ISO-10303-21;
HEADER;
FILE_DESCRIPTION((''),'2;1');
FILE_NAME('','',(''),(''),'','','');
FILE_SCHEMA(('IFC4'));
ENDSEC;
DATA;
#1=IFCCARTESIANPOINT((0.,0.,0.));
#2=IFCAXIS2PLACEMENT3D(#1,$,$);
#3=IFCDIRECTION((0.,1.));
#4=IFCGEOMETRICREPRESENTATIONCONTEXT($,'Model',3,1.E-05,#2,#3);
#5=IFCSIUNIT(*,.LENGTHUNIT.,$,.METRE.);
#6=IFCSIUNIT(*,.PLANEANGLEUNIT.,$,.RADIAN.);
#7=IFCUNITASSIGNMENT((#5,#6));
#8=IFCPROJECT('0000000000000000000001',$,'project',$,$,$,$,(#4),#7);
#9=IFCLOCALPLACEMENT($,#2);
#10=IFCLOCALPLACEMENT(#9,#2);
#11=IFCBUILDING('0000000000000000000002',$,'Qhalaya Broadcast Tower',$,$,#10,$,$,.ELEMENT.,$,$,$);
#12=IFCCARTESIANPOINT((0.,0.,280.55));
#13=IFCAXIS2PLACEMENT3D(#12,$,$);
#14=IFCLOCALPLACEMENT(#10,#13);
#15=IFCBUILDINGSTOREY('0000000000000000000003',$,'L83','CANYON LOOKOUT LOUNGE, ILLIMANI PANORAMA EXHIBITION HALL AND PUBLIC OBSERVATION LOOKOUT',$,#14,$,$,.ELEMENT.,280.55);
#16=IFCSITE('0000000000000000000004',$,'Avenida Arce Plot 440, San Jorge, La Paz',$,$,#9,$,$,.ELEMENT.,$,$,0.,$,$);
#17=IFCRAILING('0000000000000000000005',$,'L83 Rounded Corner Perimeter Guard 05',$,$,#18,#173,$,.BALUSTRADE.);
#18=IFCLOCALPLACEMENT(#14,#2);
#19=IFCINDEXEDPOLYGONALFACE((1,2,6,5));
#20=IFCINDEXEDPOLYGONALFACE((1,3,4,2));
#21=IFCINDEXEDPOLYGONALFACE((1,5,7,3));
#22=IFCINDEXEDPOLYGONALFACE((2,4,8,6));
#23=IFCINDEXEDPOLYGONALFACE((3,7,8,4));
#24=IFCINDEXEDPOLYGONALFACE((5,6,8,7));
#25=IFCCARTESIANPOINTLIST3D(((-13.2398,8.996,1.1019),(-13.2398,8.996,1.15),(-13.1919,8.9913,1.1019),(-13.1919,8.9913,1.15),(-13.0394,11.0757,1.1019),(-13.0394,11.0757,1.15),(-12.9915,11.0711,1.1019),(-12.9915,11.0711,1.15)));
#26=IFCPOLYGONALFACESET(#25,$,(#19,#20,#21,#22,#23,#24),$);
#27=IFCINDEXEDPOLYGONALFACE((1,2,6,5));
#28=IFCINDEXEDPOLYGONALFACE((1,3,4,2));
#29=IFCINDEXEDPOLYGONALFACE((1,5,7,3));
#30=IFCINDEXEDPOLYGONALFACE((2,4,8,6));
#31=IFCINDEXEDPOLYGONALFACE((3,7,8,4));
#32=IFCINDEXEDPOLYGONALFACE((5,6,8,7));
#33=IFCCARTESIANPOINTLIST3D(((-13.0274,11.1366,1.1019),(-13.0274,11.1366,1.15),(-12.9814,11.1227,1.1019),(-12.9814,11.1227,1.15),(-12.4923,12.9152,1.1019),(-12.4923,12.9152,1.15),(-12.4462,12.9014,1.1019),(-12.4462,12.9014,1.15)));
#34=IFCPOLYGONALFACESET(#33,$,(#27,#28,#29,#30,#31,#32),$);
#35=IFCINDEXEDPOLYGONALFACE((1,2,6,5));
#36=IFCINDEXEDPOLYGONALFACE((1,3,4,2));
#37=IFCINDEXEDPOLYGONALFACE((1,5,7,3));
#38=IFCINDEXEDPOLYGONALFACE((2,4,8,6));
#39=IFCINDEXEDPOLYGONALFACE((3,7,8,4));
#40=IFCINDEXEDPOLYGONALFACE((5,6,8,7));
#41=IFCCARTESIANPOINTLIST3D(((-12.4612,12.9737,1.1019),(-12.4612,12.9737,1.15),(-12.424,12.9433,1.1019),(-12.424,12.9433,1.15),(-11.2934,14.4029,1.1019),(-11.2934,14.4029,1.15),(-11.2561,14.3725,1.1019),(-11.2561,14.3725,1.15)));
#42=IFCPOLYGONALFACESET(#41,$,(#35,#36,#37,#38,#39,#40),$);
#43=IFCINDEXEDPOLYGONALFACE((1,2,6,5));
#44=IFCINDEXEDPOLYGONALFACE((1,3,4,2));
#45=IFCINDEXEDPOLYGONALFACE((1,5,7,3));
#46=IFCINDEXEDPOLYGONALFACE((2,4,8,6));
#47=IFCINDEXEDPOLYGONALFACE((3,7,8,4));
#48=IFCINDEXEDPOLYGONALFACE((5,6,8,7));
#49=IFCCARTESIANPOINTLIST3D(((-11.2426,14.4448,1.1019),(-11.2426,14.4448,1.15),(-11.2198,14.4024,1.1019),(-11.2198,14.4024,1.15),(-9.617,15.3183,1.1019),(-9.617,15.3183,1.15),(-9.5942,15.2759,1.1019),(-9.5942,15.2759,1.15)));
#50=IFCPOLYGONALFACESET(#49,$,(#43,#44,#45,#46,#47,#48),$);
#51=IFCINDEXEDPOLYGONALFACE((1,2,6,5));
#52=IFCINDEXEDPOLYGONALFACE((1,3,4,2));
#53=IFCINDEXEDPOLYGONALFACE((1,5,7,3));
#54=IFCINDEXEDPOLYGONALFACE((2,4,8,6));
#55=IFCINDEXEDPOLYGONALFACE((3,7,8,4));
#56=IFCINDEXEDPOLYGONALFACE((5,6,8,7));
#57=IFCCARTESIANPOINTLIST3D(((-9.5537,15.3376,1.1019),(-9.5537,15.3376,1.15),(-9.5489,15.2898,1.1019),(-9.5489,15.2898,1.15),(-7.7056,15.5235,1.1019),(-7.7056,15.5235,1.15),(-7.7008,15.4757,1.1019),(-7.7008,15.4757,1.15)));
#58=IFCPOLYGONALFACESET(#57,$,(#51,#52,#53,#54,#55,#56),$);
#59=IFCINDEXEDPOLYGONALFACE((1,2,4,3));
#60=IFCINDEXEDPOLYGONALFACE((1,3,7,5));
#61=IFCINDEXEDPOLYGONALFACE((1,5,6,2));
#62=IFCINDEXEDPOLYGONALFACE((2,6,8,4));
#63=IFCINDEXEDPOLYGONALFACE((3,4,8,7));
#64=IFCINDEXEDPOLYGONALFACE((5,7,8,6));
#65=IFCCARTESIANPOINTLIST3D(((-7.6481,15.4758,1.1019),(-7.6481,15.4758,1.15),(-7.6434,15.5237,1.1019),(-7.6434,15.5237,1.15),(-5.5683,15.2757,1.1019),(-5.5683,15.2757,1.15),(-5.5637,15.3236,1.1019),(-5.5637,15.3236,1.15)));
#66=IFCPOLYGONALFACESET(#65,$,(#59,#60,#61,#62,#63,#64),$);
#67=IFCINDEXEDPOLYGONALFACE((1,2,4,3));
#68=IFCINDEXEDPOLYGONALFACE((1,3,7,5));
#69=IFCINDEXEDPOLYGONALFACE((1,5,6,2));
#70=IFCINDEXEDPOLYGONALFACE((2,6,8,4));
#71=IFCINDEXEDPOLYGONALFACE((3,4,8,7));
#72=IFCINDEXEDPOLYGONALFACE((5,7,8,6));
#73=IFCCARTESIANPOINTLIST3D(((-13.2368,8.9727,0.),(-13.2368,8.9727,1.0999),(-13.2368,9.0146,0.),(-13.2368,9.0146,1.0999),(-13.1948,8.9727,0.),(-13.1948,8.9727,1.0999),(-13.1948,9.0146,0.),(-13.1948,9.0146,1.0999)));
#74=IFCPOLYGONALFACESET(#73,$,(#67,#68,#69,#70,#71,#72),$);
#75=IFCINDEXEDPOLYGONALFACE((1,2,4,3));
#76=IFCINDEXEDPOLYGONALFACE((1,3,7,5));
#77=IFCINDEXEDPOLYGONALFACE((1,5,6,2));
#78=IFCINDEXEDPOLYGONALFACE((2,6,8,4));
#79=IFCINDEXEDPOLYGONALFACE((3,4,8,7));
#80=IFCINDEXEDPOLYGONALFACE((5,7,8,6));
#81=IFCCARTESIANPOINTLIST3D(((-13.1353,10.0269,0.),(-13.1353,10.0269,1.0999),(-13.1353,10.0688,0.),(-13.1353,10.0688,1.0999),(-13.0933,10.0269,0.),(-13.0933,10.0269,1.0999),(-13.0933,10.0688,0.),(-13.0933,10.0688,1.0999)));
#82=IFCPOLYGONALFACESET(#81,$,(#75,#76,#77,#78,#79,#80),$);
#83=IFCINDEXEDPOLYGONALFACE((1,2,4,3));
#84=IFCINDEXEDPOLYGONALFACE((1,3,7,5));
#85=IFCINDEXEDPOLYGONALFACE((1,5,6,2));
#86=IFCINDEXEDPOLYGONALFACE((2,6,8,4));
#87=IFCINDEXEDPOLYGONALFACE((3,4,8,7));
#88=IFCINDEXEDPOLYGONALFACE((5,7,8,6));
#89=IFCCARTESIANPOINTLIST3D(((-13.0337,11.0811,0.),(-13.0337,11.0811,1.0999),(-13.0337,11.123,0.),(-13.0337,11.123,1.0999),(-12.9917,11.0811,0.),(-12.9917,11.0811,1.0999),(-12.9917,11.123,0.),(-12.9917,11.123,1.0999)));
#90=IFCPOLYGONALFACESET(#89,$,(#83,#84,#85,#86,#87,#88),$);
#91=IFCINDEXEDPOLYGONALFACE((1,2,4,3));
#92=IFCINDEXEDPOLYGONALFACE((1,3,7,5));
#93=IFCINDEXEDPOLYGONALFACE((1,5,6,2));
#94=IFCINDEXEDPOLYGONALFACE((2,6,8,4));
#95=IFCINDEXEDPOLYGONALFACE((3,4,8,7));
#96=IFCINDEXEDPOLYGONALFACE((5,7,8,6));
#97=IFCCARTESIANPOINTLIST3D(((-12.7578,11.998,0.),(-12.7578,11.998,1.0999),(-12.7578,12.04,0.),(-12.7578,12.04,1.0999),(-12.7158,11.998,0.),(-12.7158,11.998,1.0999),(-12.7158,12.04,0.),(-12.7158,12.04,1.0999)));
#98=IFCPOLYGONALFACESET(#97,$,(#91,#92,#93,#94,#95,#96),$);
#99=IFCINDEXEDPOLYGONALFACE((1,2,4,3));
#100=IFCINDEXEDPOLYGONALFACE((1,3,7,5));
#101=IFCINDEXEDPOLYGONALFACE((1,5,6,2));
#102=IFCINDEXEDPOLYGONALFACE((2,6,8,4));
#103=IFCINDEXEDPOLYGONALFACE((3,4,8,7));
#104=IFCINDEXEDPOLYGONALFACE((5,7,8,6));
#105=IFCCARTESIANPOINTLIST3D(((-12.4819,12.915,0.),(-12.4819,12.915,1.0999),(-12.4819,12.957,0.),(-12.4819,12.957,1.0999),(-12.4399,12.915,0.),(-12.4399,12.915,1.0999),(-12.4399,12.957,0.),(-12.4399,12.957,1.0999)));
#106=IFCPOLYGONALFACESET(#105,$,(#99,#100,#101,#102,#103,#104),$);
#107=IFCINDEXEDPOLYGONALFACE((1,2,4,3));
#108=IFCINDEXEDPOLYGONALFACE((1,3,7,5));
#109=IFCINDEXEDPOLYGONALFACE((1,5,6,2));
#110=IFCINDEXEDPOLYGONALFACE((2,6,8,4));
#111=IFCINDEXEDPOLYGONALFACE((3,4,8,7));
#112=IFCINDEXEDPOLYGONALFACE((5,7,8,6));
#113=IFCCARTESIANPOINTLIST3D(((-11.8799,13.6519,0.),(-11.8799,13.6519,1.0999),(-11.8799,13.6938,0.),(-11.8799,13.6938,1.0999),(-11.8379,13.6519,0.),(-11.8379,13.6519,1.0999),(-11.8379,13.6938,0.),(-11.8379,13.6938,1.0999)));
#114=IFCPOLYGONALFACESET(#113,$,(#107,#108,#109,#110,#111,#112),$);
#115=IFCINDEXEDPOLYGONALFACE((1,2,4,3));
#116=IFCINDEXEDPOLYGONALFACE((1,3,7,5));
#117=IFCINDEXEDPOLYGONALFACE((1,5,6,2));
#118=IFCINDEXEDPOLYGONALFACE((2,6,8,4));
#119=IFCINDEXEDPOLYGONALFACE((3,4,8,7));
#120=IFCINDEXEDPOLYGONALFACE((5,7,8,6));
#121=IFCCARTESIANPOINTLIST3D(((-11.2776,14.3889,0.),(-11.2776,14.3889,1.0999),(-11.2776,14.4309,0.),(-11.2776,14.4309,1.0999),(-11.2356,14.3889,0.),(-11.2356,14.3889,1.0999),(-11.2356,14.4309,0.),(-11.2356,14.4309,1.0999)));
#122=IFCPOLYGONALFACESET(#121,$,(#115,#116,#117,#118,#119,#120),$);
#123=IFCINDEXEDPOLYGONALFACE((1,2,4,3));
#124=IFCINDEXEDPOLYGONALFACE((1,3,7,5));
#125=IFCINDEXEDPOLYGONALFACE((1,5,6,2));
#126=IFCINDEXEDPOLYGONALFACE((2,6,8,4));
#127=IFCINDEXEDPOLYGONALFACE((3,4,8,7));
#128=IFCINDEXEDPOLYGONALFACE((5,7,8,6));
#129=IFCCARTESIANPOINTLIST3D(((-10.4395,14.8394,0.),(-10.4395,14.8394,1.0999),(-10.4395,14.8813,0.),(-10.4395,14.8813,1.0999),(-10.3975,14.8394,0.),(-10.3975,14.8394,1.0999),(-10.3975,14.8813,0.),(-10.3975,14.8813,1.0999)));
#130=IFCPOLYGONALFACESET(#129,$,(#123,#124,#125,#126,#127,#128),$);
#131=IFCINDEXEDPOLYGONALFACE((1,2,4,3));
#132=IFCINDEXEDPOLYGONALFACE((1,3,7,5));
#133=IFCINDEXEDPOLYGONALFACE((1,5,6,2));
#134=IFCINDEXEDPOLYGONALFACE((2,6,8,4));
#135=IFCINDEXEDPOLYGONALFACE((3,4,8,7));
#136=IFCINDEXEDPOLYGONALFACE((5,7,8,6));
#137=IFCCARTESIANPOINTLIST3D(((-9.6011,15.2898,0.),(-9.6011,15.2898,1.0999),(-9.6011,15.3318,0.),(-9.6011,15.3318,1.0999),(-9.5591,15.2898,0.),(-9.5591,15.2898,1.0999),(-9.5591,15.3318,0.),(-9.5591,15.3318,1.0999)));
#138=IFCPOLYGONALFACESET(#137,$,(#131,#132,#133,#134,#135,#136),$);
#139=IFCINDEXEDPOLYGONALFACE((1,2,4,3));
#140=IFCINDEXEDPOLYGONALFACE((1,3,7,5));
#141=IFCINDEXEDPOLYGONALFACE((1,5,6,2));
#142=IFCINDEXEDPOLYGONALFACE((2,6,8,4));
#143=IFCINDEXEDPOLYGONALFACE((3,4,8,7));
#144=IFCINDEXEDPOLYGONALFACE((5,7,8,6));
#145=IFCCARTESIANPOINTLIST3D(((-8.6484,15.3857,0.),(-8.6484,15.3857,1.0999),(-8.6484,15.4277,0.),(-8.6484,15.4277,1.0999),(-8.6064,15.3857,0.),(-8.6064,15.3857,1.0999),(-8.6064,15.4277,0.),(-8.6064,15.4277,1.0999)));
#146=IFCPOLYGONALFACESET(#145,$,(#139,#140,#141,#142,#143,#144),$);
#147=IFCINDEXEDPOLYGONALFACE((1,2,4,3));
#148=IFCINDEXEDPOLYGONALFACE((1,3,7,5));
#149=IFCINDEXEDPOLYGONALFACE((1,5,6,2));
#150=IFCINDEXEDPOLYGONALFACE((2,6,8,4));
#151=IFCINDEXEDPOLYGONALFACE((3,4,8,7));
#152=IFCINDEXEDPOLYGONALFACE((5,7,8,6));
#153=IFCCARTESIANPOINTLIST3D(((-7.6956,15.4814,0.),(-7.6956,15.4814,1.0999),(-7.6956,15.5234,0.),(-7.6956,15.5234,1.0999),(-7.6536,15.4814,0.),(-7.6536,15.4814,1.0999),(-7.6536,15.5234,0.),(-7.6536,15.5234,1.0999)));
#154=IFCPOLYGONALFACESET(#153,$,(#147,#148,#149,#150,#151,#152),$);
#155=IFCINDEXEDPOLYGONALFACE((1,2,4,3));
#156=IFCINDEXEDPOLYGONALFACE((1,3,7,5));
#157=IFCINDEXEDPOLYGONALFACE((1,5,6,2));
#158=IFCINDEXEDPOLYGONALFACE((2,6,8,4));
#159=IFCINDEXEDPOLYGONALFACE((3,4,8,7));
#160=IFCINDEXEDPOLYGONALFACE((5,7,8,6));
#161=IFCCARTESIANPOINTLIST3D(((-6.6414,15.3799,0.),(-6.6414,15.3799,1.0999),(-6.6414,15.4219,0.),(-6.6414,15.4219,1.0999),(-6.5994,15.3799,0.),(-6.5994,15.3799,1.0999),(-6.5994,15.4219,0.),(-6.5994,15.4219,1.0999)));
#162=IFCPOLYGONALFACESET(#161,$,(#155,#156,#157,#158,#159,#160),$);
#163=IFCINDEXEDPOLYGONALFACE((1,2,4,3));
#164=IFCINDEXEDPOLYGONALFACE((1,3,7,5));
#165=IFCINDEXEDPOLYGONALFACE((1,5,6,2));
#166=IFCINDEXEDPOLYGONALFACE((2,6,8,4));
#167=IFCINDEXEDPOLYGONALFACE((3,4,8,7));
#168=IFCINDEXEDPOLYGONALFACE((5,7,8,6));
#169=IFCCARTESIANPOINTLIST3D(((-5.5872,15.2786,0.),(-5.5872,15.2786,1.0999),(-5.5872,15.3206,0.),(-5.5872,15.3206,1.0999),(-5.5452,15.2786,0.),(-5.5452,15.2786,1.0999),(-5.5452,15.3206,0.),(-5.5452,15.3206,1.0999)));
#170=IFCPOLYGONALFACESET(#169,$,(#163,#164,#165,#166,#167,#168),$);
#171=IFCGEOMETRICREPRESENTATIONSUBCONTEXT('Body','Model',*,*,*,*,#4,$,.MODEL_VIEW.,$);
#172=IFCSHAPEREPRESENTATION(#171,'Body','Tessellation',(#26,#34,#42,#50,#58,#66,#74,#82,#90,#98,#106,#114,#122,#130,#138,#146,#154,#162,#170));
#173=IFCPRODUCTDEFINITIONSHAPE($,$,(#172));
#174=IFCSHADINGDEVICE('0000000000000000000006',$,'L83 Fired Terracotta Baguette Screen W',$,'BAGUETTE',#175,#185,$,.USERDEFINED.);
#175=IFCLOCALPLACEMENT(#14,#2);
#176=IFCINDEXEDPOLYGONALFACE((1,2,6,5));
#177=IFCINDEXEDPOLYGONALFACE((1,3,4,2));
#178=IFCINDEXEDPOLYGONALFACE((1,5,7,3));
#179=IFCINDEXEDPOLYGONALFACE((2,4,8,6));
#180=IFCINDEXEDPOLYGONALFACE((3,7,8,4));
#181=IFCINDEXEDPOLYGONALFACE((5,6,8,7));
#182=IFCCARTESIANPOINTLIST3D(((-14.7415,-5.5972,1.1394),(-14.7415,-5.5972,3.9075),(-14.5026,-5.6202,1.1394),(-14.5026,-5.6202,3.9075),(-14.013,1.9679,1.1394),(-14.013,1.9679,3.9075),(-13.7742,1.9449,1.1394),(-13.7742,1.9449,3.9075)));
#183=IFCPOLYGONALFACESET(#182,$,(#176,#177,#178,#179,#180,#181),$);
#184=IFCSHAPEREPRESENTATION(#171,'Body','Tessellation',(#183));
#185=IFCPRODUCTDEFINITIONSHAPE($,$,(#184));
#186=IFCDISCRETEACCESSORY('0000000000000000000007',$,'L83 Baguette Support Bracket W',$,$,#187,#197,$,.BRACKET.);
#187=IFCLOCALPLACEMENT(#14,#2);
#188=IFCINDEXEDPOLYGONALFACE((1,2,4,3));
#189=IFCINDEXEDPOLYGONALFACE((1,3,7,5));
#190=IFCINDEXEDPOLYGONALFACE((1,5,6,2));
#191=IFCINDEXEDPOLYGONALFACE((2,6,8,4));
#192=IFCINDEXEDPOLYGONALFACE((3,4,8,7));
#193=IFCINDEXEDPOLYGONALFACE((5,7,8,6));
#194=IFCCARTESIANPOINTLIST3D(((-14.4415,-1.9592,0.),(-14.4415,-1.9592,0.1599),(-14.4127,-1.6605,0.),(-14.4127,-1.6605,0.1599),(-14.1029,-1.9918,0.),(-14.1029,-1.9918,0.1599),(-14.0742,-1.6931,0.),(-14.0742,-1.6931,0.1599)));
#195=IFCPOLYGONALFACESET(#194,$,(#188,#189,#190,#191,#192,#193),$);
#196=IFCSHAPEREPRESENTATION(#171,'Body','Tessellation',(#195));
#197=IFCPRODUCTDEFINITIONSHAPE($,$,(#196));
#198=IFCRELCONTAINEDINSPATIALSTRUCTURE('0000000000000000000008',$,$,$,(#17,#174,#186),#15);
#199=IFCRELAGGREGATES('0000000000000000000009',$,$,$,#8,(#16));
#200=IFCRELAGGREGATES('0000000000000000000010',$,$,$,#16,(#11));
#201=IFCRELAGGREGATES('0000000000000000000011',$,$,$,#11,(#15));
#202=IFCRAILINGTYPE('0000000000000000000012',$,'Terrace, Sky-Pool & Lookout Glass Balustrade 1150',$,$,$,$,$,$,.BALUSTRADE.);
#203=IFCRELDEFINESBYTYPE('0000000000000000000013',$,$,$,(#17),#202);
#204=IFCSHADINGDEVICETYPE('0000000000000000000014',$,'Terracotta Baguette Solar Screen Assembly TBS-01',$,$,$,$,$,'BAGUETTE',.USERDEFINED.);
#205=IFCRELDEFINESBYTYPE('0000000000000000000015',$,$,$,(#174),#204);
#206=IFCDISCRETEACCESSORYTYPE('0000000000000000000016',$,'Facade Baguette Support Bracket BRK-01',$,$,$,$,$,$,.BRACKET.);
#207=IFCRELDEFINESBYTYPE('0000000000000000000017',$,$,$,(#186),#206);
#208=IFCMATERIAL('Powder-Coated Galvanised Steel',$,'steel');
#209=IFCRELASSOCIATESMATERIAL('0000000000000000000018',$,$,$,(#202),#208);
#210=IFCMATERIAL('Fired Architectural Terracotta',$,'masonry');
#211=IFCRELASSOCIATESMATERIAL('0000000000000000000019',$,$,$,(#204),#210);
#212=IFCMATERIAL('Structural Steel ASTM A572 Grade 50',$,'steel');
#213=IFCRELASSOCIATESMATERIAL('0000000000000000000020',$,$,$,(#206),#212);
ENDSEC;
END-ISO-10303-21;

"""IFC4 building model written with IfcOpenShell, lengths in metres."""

from ifc_helpers import new_model, si_unit, direction, frame, origin, origin_2d, place, context, subcontext, project, spatial, rectangle, extrude, material, type_object, element, save


model = new_model("IFC4")

# Units and contexts
model_context = context("Model", 3, precision=1e-05, world=origin(), true_north=direction((0.0, 1.0)))
body_context = subcontext(model_context, "Body", "Model", "MODEL_VIEW")
ifc_project = project(units=[si_unit("LENGTHUNIT", "METRE"), si_unit("PLANEANGLEUNIT", "RADIAN")], contexts=[model_context])

# Site, building, storey
site_placement = place(None, origin())
site = spatial("IfcSite", under=ifc_project, at=site_placement, Name="Avenida Arce Plot 440, San Jorge, La Paz", CompositionType="ELEMENT", RefElevation=0.0)
building_placement = place(site_placement, origin())
building = spatial("IfcBuilding", under=site, at=building_placement, Name="Qhalaya Broadcast Tower", CompositionType="ELEMENT")
storey_placement = place(building_placement, frame((0.0, 0.0, 280.55)))
storey = spatial("IfcBuildingStorey", under=building, at=storey_placement, Name="L83", Description="CANYON LOOKOUT LOUNGE, ILLIMANI PANORAMA EXHIBITION HALL AND PUBLIC OBSERVATION LOOKOUT", CompositionType="ELEMENT", Elevation=280.55)

# Shared definitions
ifc_material_1 = material(Name="Structural Steel ASTM A572 Grade 50", Category="steel")

# Railing
ifc_material_2 = material(Name="Powder-Coated Galvanised Steel", Category="steel")
railing_type = type_object("IfcRailingType", Name="Terrace, Sky-Pool & Lookout Glass Balustrade 1150", PredefinedType="BALUSTRADE", material=ifc_material_2)
railing_1_placement = place(storey_placement, frame((-13.2158, 8.9937, 0.0)))
element("IfcRailing", 1, at=railing_1_placement, inside=storey, type_object=railing_type, Name="L83 Rounded Corner Perimeter Guard 05", PredefinedType="BALUSTRADE", context=body_context, shape_type="SweptSolid", body=[
    extrude(rectangle(XDim=0.0481, YDim=0.0481, at=origin_2d()), frame((0.0, 0.0, 1.126), z_axis=(0.095897, 0.995391, 0.0), x_axis=(-0.995391, 0.095897, 0.0)), (0.0, 0.0, 1.0), 2.0894),
    extrude(rectangle(XDim=0.0481, YDim=0.0481, at=origin_2d()), frame((0.2114, 2.136, 1.126), z_axis=(0.288096, 0.957601, 0.0), x_axis=(-0.957601, 0.288096, 0.0)), (0.0, 0.0, 1.0), 1.8574),
    extrude(rectangle(XDim=0.0481, YDim=0.0481, at=origin_2d()), frame((0.7732, 3.9648, 1.126), z_axis=(0.632749, 0.774357, 0.0), x_axis=(-0.774357, 0.632749, 0.0)), (0.0, 0.0, 1.0), 1.8457),
    extrude(rectangle(XDim=0.0481, YDim=0.0481, at=origin_2d()), frame((1.9846, 5.4299, 1.126), z_axis=(0.880879, 0.473342, 0.0), x_axis=(-0.473342, 0.880879, 0.0)), (0.0, 0.0, 1.0), 1.8455),
    extrude(rectangle(XDim=0.0481, YDim=0.0481, at=origin_2d()), frame((3.6646, 6.3201, 1.126), z_axis=(0.99498, 0.100072, 0.0), x_axis=(-0.100072, 0.99498, 0.0)), (0.0, 0.0, 1.0), 1.8574),
    extrude(rectangle(XDim=0.0481, YDim=0.0481, at=origin_2d()), frame((5.5701, 6.5061, 1.126), z_axis=(0.995402, -0.095783, 0.0), x_axis=(0.095783, 0.995402, 0.0)), (0.0, 0.0, 1.0), 2.0894),
    extrude(rectangle(XDim=0.042, YDim=0.042, at=origin_2d()), origin(), (0.0, 0.0, 1.0), 1.0999),
    extrude(rectangle(XDim=0.042, YDim=0.042, at=origin_2d()), frame((0.1016, 1.0542, 0.0)), (0.0, 0.0, 1.0), 1.0999),
    extrude(rectangle(XDim=0.042, YDim=0.042, at=origin_2d()), frame((0.2031, 2.1084, 0.0)), (0.0, 0.0, 1.0), 1.0999),
    extrude(rectangle(XDim=0.042, YDim=0.042, at=origin_2d()), frame((0.479, 3.0254, 0.0)), (0.0, 0.0, 1.0), 1.0999),
    extrude(rectangle(XDim=0.042, YDim=0.042, at=origin_2d()), frame((0.7549, 3.9424, 0.0)), (0.0, 0.0, 1.0), 1.0999),
    extrude(rectangle(XDim=0.042, YDim=0.042, at=origin_2d()), frame((1.3569, 4.6792, 0.0)), (0.0, 0.0, 1.0), 1.0999),
    extrude(rectangle(XDim=0.042, YDim=0.042, at=origin_2d()), frame((1.9592, 5.4163, 0.0)), (0.0, 0.0, 1.0), 1.0999),
    extrude(rectangle(XDim=0.042, YDim=0.042, at=origin_2d()), frame((2.7974, 5.8667, 0.0)), (0.0, 0.0, 1.0), 1.0999),
    extrude(rectangle(XDim=0.042, YDim=0.042, at=origin_2d()), frame((3.6357, 6.3171, 0.0)), (0.0, 0.0, 1.0), 1.0999),
    extrude(rectangle(XDim=0.042, YDim=0.042, at=origin_2d()), frame((4.5884, 6.4131, 0.0)), (0.0, 0.0, 1.0), 1.0999),
    extrude(rectangle(XDim=0.042, YDim=0.042, at=origin_2d()), frame((5.5413, 6.5088, 0.0)), (0.0, 0.0, 1.0), 1.0999),
    extrude(rectangle(XDim=0.042, YDim=0.042, at=origin_2d()), frame((6.5955, 6.4072, 0.0)), (0.0, 0.0, 1.0), 1.0999),
    extrude(rectangle(XDim=0.042, YDim=0.042, at=origin_2d()), frame((7.6497, 6.3059, 0.0)), (0.0, 0.0, 1.0), 1.0999),
])

# Shading device
ifc_material_3 = material(Name="Fired Architectural Terracotta", Category="masonry")
shading_device_type = type_object("IfcShadingDeviceType", Name="Terracotta Baguette Solar Screen Assembly TBS-01", ElementType="BAGUETTE", PredefinedType="USERDEFINED", material=ifc_material_3)
shading_device_placement = place(storey_placement, frame((-14.2578, -1.8262, 1.1394), z_axis=(0.0, 0.0, 1.0), x_axis=(-0.095846, -0.995396, 0.0)))
element("IfcShadingDevice", 2, at=shading_device_placement, inside=storey, type_object=shading_device_type, Name="L83 Fired Terracotta Baguette Screen W", ObjectType="BAGUETTE", PredefinedType="USERDEFINED", context=body_context, shape_type="SweptSolid", body=[
    extrude(rectangle(XDim=7.6001, YDim=0.24, at=origin_2d()), origin(), (0.0, 0.0, 1.0), 2.7681),
])

# Discrete accessory
discrete_accessory_type = type_object("IfcDiscreteAccessoryType", Name="Facade Baguette Support Bracket BRK-01", PredefinedType="BRACKET", material=ifc_material_1)
discrete_accessory_placement = place(storey_placement, frame((-14.2578, -1.8262, 0.0), z_axis=(0.0, 0.0, 1.0), x_axis=(-0.095846, -0.995396, 0.0)))
element("IfcDiscreteAccessory", 3, at=discrete_accessory_placement, inside=storey, type_object=discrete_accessory_type, Name="L83 Baguette Support Bracket W", PredefinedType="BRACKET", context=body_context, shape_type="SweptSolid", body=[
    extrude(rectangle(XDim=0.3, YDim=0.3401, at=origin_2d()), origin(), (0.0, 0.0, 1.0), 0.1599),
])

save(model, "model.ifc")
